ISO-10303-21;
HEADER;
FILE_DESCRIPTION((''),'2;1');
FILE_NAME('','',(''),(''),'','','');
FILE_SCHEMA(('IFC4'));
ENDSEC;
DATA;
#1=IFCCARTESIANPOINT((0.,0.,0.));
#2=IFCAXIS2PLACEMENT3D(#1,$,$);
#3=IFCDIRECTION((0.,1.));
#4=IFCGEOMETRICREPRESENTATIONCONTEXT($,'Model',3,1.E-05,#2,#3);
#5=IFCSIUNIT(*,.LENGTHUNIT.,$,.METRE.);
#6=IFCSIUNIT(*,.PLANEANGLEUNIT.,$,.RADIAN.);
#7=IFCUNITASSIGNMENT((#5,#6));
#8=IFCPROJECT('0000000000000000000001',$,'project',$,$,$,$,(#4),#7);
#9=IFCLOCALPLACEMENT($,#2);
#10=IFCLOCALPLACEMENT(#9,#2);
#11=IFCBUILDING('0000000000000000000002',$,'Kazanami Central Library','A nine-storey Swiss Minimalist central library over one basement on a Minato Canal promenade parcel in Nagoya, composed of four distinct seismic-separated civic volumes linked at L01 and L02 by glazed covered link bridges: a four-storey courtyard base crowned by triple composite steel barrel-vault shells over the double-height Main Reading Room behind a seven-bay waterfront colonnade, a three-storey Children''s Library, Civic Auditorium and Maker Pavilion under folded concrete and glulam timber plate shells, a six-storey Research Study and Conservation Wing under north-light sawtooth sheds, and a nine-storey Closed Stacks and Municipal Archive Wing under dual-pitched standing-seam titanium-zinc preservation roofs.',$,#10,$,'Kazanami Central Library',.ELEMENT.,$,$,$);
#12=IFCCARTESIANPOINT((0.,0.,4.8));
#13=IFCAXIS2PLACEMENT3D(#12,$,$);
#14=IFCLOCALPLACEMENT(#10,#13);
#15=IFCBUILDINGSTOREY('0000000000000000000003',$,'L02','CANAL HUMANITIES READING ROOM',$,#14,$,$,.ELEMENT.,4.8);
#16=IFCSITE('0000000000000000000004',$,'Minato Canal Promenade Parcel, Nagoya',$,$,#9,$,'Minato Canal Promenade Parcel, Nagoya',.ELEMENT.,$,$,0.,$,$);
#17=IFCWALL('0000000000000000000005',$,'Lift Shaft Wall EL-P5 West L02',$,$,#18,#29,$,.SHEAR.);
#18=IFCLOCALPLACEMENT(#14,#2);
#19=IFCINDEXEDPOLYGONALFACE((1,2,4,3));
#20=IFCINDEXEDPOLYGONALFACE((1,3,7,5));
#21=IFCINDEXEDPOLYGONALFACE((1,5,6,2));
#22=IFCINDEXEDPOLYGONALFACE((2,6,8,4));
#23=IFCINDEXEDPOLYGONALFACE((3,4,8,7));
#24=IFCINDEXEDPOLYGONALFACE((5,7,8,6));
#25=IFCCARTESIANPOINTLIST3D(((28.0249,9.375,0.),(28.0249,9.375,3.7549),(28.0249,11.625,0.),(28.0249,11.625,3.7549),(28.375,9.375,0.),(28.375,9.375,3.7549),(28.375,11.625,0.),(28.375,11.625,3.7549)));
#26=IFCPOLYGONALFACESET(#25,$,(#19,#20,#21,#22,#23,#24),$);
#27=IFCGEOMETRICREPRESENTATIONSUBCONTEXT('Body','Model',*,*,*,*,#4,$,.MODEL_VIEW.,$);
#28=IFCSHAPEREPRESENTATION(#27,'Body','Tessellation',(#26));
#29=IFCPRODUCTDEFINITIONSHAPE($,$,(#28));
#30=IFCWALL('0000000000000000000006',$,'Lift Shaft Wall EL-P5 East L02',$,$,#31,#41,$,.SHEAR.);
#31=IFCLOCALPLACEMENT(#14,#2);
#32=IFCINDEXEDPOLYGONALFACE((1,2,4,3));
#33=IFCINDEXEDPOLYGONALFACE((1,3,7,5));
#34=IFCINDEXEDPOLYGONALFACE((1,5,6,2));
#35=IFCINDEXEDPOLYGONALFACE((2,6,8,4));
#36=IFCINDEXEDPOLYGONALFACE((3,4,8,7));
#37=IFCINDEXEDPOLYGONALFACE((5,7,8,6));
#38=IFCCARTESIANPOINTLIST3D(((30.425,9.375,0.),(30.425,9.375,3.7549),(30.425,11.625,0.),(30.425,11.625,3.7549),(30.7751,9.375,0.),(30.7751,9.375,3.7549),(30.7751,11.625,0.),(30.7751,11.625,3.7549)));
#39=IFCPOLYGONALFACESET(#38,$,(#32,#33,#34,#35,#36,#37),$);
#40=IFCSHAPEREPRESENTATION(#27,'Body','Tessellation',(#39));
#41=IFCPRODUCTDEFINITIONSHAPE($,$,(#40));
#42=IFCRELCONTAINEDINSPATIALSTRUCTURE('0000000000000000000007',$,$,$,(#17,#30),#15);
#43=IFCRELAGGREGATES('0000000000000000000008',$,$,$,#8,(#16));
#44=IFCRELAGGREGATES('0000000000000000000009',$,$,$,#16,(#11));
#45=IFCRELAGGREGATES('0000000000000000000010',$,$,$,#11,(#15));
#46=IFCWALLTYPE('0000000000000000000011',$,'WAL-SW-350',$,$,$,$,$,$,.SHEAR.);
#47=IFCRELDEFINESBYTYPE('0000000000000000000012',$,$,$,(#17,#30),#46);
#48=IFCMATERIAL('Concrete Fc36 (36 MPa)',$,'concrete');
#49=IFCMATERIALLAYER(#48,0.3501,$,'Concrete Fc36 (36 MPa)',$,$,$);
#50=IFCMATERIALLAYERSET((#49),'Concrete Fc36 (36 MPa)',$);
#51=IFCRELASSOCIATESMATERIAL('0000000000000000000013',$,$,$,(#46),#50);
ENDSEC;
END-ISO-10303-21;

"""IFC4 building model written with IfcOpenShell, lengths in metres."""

from ifc_helpers import new_model, si_unit, direction, frame, frame_2d, origin, place, context, subcontext, project, spatial, rectangle, extrude, material, layer, layer_set, type_object, element, save


model = new_model("IFC4")

# Units and contexts
model_context = context("Model", 3, precision=1e-05, world=origin(), true_north=direction((0.0, 1.0)))
body_context = subcontext(model_context, "Body", "Model", "MODEL_VIEW")
ifc_project = project(units=[si_unit("LENGTHUNIT", "METRE"), si_unit("PLANEANGLEUNIT", "RADIAN")], contexts=[model_context])

# Site, building, storey
site_placement = place(None, origin())
site = spatial("IfcSite", under=ifc_project, at=site_placement, Name="Minato Canal Promenade Parcel, Nagoya", LongName="Minato Canal Promenade Parcel, Nagoya", CompositionType="ELEMENT", RefElevation=0.0)
building_placement = place(site_placement, origin())
building = spatial("IfcBuilding", under=site, at=building_placement, Name="Kazanami Central Library", Description="A nine-storey Swiss Minimalist central library over one basement on a Minato Canal promenade parcel in Nagoya, composed of four distinct seismic-separated civic volumes linked at L01 and L02 by glazed covered link bridges: a four-storey courtyard base crowned by triple composite steel barrel-vault shells over the double-height Main Reading Room behind a seven-bay waterfront colonnade, a three-storey Children's Library, Civic Auditorium and Maker Pavilion under folded concrete and glulam timber plate shells, a six-storey Research Study and Conservation Wing under north-light sawtooth sheds, and a nine-storey Closed Stacks and Municipal Archive Wing under dual-pitched standing-seam titanium-zinc preservation roofs.", LongName="Kazanami Central Library", CompositionType="ELEMENT")
storey_placement = place(building_placement, frame((0.0, 0.0, 4.8)))
storey = spatial("IfcBuildingStorey", under=building, at=storey_placement, Name="L02", Description="CANAL HUMANITIES READING ROOM", CompositionType="ELEMENT", Elevation=4.8)

# Shared definitions
ifc_material_1 = material(Name="Concrete Fc36 (36 MPa)", Category="concrete")

# Shared definitions
ifc_layer_1 = layer(ifc_material_1, 0.3501, Name="Concrete Fc36 (36 MPa)")
ifc_layer_set_1 = layer_set([ifc_layer_1], Name="Concrete Fc36 (36 MPa)")
wall_type_1 = type_object("IfcWallType", Name="WAL-SW-350", PredefinedType="SHEAR", material=ifc_layer_set_1)

# Walls
for number, where, z_axis, x_axis, name in (
    (1, (28.2, 9.375, 0.0), (0.0, 0.0, 1.0), (0.0, 1.0, 0.0), "Lift Shaft Wall EL-P5 West L02"),
    (2, (30.6001, 9.375, 0.0), (0.0, 0.0, 1.0), (0.0, 1.0, 0.0), "Lift Shaft Wall EL-P5 East L02"),
):
    element("IfcWall", number, at=place(storey_placement, frame(where, z_axis=z_axis, x_axis=x_axis)), inside=storey, type_object=wall_type_1, Name=name, PredefinedType="SHEAR", context=body_context, shape_type="SweptSolid", body=[
        extrude(rectangle(XDim=2.25, YDim=0.3501, at=frame_2d((1.125, 0.0))), origin(), (0.0, 0.0, 1.0), 3.7549),
    ])

save(model, "model.ifc")
